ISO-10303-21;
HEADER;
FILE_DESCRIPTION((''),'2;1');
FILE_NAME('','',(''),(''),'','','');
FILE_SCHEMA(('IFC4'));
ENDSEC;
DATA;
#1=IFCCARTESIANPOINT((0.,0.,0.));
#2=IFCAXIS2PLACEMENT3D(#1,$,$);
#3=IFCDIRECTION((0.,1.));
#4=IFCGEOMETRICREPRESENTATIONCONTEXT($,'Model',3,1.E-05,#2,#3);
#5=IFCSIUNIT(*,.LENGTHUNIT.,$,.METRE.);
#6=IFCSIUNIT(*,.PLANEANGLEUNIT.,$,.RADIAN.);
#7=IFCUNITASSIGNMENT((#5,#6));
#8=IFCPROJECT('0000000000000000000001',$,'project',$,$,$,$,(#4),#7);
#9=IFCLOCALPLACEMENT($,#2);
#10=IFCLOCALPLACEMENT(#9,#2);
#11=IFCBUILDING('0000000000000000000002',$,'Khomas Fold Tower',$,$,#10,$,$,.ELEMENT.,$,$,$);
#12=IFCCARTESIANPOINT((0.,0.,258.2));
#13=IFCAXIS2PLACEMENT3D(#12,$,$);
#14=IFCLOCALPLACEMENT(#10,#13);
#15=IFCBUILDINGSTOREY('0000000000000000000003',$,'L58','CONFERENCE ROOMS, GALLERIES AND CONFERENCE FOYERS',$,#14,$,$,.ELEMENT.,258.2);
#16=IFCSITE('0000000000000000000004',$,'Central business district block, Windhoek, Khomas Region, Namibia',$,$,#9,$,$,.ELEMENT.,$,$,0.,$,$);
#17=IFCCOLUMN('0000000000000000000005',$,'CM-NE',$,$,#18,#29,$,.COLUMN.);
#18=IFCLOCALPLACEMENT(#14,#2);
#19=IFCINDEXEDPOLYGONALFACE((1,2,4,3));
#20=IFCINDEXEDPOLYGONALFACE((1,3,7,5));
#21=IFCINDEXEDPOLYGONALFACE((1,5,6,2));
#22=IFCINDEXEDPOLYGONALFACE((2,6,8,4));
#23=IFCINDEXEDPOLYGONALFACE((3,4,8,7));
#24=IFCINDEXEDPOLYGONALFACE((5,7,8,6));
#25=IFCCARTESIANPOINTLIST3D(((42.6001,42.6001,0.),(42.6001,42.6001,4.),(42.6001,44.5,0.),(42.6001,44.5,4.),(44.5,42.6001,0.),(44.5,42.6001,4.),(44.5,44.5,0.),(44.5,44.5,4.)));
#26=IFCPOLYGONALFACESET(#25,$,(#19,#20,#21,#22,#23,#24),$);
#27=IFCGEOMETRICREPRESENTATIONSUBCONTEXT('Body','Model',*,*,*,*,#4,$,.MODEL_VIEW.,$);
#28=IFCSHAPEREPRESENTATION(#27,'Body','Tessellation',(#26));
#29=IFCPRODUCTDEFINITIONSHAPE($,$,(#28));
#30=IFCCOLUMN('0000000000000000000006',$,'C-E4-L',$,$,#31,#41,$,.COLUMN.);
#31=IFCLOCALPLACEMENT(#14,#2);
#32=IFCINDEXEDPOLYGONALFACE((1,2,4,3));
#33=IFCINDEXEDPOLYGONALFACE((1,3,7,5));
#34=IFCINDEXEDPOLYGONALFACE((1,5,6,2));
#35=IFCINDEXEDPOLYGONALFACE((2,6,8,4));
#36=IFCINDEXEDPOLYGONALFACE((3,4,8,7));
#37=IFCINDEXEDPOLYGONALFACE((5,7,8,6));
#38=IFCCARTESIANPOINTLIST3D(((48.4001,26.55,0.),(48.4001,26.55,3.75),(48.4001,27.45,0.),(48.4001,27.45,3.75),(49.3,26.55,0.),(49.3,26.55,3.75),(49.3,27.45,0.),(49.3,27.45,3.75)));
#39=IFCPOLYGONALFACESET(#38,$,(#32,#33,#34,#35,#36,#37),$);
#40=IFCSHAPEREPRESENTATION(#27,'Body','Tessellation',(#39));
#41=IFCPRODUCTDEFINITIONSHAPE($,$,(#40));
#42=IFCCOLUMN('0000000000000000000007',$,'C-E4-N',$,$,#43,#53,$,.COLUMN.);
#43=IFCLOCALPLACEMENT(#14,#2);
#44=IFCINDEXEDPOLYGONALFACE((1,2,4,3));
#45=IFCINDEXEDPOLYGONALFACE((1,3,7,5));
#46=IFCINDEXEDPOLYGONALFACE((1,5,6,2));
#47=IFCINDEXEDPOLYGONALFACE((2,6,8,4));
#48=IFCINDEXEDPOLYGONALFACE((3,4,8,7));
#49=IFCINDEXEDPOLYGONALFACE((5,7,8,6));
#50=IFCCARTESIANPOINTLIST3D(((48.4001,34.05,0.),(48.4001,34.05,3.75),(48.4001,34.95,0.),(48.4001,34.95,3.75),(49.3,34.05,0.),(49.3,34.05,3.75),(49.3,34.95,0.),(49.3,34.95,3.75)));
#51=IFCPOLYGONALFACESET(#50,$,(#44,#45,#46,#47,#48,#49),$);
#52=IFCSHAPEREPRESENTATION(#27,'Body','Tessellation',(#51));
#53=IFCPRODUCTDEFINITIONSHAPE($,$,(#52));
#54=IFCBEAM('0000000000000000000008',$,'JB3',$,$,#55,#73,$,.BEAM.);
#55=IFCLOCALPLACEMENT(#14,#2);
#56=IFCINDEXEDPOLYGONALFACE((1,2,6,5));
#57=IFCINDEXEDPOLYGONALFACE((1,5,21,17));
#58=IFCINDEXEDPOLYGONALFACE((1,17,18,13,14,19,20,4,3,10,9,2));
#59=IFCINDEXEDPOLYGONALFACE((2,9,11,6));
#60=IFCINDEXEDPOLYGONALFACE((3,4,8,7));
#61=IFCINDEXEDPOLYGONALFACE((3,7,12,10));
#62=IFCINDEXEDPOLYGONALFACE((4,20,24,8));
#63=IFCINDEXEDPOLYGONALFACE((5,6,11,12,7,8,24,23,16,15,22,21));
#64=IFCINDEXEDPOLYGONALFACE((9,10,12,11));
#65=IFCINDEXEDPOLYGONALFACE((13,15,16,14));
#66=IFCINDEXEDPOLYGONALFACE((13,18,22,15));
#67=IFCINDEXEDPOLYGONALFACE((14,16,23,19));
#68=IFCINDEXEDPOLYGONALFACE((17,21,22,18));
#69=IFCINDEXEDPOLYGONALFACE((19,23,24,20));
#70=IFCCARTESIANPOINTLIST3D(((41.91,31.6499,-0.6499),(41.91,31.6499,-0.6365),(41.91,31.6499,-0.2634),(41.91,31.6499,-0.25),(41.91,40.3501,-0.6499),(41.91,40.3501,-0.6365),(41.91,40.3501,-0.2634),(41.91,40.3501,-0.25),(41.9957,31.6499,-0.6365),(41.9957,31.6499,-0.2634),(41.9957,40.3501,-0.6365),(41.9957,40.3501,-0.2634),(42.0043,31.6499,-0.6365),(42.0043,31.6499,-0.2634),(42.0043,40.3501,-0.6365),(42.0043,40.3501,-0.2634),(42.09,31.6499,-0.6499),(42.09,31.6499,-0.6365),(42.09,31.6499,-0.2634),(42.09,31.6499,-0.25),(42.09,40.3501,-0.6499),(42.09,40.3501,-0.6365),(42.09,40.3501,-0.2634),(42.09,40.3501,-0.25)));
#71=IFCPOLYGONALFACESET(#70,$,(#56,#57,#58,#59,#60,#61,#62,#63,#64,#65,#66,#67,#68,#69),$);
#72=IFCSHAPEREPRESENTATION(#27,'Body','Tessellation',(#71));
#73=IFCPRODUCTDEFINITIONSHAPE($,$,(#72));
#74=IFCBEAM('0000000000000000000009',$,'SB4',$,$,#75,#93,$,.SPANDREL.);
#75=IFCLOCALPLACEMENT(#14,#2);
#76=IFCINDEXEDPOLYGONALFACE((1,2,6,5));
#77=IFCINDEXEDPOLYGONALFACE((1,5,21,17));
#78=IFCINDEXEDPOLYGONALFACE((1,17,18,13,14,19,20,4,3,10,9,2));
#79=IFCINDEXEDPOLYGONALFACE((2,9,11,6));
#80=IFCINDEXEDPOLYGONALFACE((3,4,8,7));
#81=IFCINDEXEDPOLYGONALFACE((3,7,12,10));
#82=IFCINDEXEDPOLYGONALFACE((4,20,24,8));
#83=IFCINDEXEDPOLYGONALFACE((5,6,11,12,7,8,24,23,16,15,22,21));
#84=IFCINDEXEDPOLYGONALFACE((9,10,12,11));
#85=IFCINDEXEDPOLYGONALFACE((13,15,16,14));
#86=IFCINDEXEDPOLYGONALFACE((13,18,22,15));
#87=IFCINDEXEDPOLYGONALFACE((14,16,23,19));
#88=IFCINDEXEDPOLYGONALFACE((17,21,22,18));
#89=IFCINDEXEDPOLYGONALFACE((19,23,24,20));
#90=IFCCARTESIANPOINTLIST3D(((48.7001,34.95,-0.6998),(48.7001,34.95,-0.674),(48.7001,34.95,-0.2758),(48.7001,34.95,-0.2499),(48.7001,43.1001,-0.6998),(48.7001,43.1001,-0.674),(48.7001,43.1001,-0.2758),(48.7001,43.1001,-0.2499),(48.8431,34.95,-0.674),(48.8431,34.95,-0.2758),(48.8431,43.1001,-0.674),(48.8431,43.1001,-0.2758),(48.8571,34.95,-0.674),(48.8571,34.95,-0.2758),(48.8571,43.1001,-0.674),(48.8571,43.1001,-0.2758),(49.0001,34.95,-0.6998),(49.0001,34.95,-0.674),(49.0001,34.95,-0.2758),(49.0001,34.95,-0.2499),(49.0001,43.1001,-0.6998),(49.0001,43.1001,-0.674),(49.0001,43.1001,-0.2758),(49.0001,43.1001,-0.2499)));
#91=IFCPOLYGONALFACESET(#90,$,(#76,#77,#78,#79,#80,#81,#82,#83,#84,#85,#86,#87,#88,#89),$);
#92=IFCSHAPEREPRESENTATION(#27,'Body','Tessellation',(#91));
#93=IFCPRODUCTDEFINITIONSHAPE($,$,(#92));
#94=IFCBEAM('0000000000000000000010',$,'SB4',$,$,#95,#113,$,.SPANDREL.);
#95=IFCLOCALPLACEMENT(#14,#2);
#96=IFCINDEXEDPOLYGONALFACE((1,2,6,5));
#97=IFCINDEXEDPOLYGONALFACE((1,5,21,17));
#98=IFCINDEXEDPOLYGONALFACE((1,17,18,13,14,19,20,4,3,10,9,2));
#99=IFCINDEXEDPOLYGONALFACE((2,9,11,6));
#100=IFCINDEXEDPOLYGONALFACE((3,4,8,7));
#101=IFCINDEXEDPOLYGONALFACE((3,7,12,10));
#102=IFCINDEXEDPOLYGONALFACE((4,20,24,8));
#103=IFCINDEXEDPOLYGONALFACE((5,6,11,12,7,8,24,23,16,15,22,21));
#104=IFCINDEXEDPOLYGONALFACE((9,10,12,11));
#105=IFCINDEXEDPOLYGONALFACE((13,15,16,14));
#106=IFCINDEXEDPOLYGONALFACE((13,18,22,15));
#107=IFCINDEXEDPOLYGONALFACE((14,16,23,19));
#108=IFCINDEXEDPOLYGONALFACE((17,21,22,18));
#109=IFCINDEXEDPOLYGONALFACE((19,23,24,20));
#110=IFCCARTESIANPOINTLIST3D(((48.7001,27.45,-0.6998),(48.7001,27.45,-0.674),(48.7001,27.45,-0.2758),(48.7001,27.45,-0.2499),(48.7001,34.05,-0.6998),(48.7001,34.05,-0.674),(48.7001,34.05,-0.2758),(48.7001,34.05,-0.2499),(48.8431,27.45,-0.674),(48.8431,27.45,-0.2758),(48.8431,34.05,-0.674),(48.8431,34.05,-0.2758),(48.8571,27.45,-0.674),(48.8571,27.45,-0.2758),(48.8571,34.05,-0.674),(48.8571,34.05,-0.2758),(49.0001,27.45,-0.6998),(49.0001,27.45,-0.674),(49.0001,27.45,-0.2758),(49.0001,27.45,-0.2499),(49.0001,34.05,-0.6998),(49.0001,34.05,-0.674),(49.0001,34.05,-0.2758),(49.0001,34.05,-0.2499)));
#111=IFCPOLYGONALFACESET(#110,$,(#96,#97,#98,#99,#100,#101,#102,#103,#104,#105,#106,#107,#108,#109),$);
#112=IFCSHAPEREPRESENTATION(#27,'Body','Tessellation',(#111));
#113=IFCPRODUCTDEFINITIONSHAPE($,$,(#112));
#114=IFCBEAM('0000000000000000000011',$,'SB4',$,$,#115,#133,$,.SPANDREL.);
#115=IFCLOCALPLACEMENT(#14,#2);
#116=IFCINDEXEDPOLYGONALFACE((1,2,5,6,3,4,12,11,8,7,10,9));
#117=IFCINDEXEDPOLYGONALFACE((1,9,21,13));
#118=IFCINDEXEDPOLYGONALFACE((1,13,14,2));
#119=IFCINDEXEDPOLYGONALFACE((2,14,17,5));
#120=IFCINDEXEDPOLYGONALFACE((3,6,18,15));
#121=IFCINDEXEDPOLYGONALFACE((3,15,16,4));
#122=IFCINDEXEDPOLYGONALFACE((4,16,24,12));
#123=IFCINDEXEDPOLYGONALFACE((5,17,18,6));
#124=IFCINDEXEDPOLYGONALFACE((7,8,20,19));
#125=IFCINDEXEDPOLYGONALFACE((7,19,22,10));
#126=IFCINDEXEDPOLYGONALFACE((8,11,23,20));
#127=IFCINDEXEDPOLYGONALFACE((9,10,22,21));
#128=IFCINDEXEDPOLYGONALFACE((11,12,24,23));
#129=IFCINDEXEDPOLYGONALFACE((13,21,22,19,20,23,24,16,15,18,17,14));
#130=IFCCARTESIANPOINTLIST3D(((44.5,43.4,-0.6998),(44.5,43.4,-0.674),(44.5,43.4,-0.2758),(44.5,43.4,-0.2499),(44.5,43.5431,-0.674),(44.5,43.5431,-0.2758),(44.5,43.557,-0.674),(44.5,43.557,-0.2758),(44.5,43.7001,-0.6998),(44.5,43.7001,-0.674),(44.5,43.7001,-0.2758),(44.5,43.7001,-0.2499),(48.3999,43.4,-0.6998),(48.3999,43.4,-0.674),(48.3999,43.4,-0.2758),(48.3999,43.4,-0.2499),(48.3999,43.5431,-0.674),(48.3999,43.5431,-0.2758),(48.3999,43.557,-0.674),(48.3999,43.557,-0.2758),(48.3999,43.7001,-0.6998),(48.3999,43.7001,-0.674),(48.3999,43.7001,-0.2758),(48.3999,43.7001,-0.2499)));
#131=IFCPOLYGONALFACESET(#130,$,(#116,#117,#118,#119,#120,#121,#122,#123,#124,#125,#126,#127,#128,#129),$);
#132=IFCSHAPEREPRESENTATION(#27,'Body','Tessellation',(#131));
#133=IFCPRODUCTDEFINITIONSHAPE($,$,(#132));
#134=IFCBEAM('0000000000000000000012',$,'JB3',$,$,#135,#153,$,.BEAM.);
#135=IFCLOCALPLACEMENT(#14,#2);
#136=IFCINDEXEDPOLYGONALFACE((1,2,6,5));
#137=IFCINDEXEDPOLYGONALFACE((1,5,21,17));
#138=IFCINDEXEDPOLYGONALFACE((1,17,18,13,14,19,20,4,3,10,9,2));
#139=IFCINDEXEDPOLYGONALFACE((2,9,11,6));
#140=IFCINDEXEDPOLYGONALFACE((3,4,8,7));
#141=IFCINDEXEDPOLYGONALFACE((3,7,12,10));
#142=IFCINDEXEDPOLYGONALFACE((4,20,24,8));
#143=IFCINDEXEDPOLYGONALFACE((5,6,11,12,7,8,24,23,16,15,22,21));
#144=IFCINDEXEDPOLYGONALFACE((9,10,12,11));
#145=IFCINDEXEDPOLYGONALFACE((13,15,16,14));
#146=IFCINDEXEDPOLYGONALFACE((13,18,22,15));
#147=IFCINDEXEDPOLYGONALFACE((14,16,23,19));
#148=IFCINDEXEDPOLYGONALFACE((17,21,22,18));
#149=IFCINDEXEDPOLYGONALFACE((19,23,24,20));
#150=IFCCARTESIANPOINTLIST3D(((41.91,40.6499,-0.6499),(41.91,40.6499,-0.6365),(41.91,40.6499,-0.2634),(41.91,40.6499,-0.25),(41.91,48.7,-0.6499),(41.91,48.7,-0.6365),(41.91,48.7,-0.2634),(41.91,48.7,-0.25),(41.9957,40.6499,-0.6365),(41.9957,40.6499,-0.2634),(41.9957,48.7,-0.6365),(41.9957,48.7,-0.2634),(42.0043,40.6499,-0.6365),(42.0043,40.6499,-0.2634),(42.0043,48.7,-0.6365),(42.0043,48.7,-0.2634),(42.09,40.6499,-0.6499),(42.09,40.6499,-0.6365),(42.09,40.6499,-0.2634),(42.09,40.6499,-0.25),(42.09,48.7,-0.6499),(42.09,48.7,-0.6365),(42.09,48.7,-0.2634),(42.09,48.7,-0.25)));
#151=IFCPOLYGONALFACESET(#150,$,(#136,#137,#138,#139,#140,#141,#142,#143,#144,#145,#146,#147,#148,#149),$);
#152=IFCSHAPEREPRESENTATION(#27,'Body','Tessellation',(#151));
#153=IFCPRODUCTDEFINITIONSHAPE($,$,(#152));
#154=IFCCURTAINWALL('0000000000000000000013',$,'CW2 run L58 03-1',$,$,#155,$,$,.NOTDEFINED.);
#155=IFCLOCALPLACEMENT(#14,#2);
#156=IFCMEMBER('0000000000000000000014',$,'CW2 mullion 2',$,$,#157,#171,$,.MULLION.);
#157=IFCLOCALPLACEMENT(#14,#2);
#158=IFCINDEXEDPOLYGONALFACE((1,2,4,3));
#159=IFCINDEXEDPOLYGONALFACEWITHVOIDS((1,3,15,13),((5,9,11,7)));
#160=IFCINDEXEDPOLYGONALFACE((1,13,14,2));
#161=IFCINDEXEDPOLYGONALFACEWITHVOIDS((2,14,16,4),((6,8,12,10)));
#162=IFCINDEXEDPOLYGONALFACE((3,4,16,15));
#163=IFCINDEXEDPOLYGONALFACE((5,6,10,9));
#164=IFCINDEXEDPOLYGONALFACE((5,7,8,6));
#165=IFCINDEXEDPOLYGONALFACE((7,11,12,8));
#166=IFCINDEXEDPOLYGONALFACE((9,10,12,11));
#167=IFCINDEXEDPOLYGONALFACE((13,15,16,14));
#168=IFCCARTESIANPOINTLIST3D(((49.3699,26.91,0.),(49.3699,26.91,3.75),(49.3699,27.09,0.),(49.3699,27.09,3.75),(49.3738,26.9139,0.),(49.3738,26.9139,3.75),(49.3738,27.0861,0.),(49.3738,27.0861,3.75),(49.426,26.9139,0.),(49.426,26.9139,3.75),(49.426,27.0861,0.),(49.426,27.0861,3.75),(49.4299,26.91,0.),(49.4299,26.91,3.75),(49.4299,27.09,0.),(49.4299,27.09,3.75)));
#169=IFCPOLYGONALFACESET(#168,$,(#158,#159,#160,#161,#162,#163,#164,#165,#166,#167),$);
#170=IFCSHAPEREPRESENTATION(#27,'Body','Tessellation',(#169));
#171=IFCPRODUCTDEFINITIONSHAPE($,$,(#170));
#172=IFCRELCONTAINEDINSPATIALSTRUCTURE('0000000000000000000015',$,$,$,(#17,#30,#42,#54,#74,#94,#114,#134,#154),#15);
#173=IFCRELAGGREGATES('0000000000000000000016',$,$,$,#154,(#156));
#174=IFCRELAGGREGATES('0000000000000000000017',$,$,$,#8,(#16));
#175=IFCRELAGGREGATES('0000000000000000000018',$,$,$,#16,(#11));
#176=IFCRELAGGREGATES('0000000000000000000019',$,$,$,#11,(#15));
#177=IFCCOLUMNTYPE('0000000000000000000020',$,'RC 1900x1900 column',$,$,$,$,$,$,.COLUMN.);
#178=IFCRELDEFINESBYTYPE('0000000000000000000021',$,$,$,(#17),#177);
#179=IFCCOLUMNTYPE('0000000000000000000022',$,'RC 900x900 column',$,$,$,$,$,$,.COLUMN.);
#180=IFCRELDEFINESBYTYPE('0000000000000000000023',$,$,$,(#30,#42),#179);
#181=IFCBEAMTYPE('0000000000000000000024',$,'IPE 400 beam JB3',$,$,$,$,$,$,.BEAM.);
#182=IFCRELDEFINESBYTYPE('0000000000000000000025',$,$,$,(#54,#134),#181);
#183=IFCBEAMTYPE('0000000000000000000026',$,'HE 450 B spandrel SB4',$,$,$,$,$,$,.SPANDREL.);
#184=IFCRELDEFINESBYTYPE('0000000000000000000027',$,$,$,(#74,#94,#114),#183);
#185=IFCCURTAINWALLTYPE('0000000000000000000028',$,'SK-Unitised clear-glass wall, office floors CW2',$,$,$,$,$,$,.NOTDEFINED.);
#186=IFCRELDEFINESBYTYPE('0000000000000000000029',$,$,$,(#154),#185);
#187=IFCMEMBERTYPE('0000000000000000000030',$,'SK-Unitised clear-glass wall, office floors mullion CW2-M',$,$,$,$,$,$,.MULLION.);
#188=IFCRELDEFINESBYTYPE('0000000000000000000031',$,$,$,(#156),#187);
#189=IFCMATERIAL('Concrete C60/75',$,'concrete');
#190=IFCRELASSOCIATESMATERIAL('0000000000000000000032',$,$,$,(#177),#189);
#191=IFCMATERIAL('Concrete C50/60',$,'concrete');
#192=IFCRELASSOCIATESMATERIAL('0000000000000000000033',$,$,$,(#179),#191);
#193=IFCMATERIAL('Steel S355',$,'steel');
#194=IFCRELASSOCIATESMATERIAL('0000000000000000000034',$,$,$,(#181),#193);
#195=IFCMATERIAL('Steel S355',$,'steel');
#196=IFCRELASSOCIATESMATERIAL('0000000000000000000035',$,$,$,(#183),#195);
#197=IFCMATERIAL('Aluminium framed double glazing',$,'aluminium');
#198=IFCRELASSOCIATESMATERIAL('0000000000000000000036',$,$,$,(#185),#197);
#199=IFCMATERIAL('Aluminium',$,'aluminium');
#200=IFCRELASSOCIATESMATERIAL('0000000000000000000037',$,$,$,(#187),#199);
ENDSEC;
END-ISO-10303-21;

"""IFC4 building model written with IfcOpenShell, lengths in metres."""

from ifc_helpers import new_model, si_unit, direction, frame, origin, origin_2d, place, context, subcontext, project, spatial, rectangle, hollow_rectangle, i_section, extrude, source, transform, mapped, material, material_profile, profile_set, type_object, element, aggregate, save


model = new_model("IFC4")

# Units and contexts
model_context = context("Model", 3, precision=1e-05, world=origin(), true_north=direction((0.0, 1.0)))
body_context = subcontext(model_context, "Body", "Model", "MODEL_VIEW")
ifc_project = project(units=[si_unit("LENGTHUNIT", "METRE"), si_unit("PLANEANGLEUNIT", "RADIAN")], contexts=[model_context])

# Site, building, storey
site_placement = place(None, origin())
site = spatial("IfcSite", under=ifc_project, at=site_placement, Name="Central business district block, Windhoek, Khomas Region, Namibia", CompositionType="ELEMENT", RefElevation=0.0)
building_placement = place(site_placement, origin())
building = spatial("IfcBuilding", under=site, at=building_placement, Name="Khomas Fold Tower", CompositionType="ELEMENT")
storey_placement = place(building_placement, frame((0.0, 0.0, 258.2)))
storey = spatial("IfcBuildingStorey", under=building, at=storey_placement, Name="L58", Description="CONFERENCE ROOMS, GALLERIES AND CONFERENCE FOYERS", CompositionType="ELEMENT", Elevation=258.2)

# Columns
ifc_material_1 = material(Name="Concrete C60/75", Category="concrete")
ifc_material_profile_1 = material_profile(ifc_material_1, rectangle(XDim=1.8999, YDim=1.8999, at=origin_2d()), Name="RC 1900x1900")
ifc_profile_set_1 = profile_set([ifc_material_profile_1], Name="Concrete C60/75")
column_type_1 = type_object("IfcColumnType", Name="RC 1900x1900 column", PredefinedType="COLUMN", material=ifc_profile_set_1)
shared_shape_1 = source(origin(), body_context, "Body", "SweptSolid", [
    extrude(rectangle(XDim=1.8999, YDim=1.8999, at=origin_2d()), origin(), (0.0, 0.0, 1.0), 4.0),
])
column_placement = place(storey_placement, frame((43.55, 43.55, 0.0), z_axis=(0.0, 0.0, 1.0), x_axis=(1.0, 0.0, 0.0)))
element("IfcColumn", 1, at=column_placement, inside=storey, type_object=column_type_1, Name="CM-NE", PredefinedType="COLUMN", context=body_context, shape_type="MappedRepresentation", body=[
    mapped(shared_shape_1, transform((0.0, 0.0, 0.0))),
])
ifc_material_2 = material(Name="Concrete C50/60", Category="concrete")
ifc_material_profile_2 = material_profile(ifc_material_2, rectangle(XDim=0.8999, YDim=0.8999, at=origin_2d()), Name="RC 900x900")
ifc_profile_set_2 = profile_set([ifc_material_profile_2], Name="Concrete C50/60")
column_type_2 = type_object("IfcColumnType", Name="RC 900x900 column", PredefinedType="COLUMN", material=ifc_profile_set_2)
shared_shape_2 = source(origin(), body_context, "Body", "SweptSolid", [
    extrude(rectangle(XDim=0.8999, YDim=0.8999, at=origin_2d()), origin(), (0.0, 0.0, 1.0), 3.75),
])
for number, where, z_axis, x_axis, name in (
    (2, (48.8501, 27.0, 0.0), (0.0, 0.0, 1.0), (1.0, 0.0, 0.0), "C-E4-L"),
    (3, (48.8501, 34.5, 0.0), (0.0, 0.0, 1.0), (1.0, 0.0, 0.0), "C-E4-N"),
):
    element("IfcColumn", number, at=place(storey_placement, frame(where, z_axis=z_axis, x_axis=x_axis)), inside=storey, type_object=column_type_2, Name=name, PredefinedType="COLUMN", context=body_context, shape_type="MappedRepresentation", body=[
        mapped(shared_shape_2, transform((0.0, 0.0, 0.0))),
    ])

# Beams
ifc_material_3 = material(Name="Steel S355", Category="steel")
ifc_material_profile_3 = material_profile(ifc_material_3, i_section(OverallWidth=0.1799, OverallDepth=0.3999, WebThickness=0.0085, FlangeThickness=0.0134, at=origin_2d()), Name="IPE 400")
ifc_profile_set_3 = profile_set([ifc_material_profile_3], Name="Steel S355")
beam_type_1 = type_object("IfcBeamType", Name="IPE 400 beam JB3", PredefinedType="BEAM", material=ifc_profile_set_3)
shared_shape_3 = source(origin(), body_context, "Body", "SweptSolid", [
    extrude(i_section(OverallWidth=0.1799, OverallDepth=0.3999, WebThickness=0.0085, FlangeThickness=0.0134, at=origin_2d()), origin(), (0.0, 0.0, 1.0), 8.7002),
])
beam_1_placement = place(storey_placement, frame((42.0, 31.6499, -0.45), z_axis=(0.0, 1.0, 0.0), x_axis=(-1.0, 0.0, 0.0)))
element("IfcBeam", 4, at=beam_1_placement, inside=storey, type_object=beam_type_1, Name="JB3", PredefinedType="BEAM", context=body_context, shape_type="MappedRepresentation", body=[
    mapped(shared_shape_3, transform((0.0, 0.0, 0.0))),
])
ifc_material_4 = material(Name="Steel S355", Category="steel")
ifc_material_profile_4 = material_profile(ifc_material_4, i_section(OverallWidth=0.3, OverallDepth=0.45, WebThickness=0.0139, FlangeThickness=0.0259, at=origin_2d()), Name="HE 450 B")
ifc_profile_set_4 = profile_set([ifc_material_profile_4], Name="Steel S355")
beam_type_2 = type_object("IfcBeamType", Name="HE 450 B spandrel SB4", PredefinedType="SPANDREL", material=ifc_profile_set_4)
shared_shape_4 = source(origin(), body_context, "Body", "SweptSolid", [
    extrude(i_section(OverallWidth=0.3, OverallDepth=0.45, WebThickness=0.0139, FlangeThickness=0.0259, at=origin_2d()), origin(), (0.0, 0.0, 1.0), 8.1501),
])
beam_2_placement = place(storey_placement, frame((48.8501, 34.95, -0.4749), z_axis=(0.0, 1.0, 0.0), x_axis=(-1.0, 0.0, 0.0)))
element("IfcBeam", 5, at=beam_2_placement, inside=storey, type_object=beam_type_2, Name="SB4", PredefinedType="SPANDREL", context=body_context, shape_type="MappedRepresentation", body=[
    mapped(shared_shape_4, transform((0.0, 0.0, 0.0))),
])
shared_shape_5 = source(origin(), body_context, "Body", "SweptSolid", [
    extrude(i_section(OverallWidth=0.3, OverallDepth=0.45, WebThickness=0.0139, FlangeThickness=0.0259, at=origin_2d()), origin(), (0.0, 0.0, 1.0), 6.6001),
])
beam_3_placement = place(storey_placement, frame((48.8501, 27.45, -0.4749), z_axis=(0.0, 1.0, 0.0), x_axis=(-1.0, 0.0, 0.0)))
element("IfcBeam", 6, at=beam_3_placement, inside=storey, type_object=beam_type_2, Name="SB4", PredefinedType="SPANDREL", context=body_context, shape_type="MappedRepresentation", body=[
    mapped(shared_shape_5, transform((0.0, 0.0, 0.0))),
])
shared_shape_6 = source(origin(), body_context, "Body", "SweptSolid", [
    extrude(i_section(OverallWidth=0.3, OverallDepth=0.45, WebThickness=0.0139, FlangeThickness=0.0259, at=origin_2d()), origin(), (0.0, 0.0, 1.0), 3.8999),
])
beam_4_placement = place(storey_placement, frame((44.5, 43.55, -0.4749), z_axis=(1.0, 0.0, 0.0), x_axis=(0.0, 1.0, 0.0)))
element("IfcBeam", 7, at=beam_4_placement, inside=storey, type_object=beam_type_2, Name="SB4", PredefinedType="SPANDREL", context=body_context, shape_type="MappedRepresentation", body=[
    mapped(shared_shape_6, transform((0.0, 0.0, 0.0))),
])
shared_shape_7 = source(origin(), body_context, "Body", "SweptSolid", [
    extrude(i_section(OverallWidth=0.1799, OverallDepth=0.3999, WebThickness=0.0085, FlangeThickness=0.0134, at=origin_2d()), origin(), (0.0, 0.0, 1.0), 8.05),
])
beam_5_placement = place(storey_placement, frame((42.0, 40.6499, -0.45), z_axis=(0.0, 1.0, 0.0), x_axis=(-1.0, 0.0, 0.0)))
element("IfcBeam", 8, at=beam_5_placement, inside=storey, type_object=beam_type_1, Name="JB3", PredefinedType="BEAM", context=body_context, shape_type="MappedRepresentation", body=[
    mapped(shared_shape_7, transform((0.0, 0.0, 0.0))),
])

# Curtain wall, member
ifc_material_5 = material(Name="Aluminium framed double glazing", Category="aluminium")
curtain_wall_type = type_object("IfcCurtainWallType", Name="SK-Unitised clear-glass wall, office floors CW2", PredefinedType="NOTDEFINED", material=ifc_material_5)
curtain_wall_placement = place(storey_placement, origin())
curtain_wall = element("IfcCurtainWall", 9, at=curtain_wall_placement, inside=storey, type_object=curtain_wall_type, Name="CW2 run L58 03-1", PredefinedType="NOTDEFINED")
ifc_material_6 = material(Name="Aluminium", Category="aluminium")
ifc_material_profile_5 = material_profile(ifc_material_6, hollow_rectangle(XDim=0.0601, YDim=0.1799, WallThickness=0.0039, at=origin_2d()), Name="SK-Unitised clear-glass wall, office floors mullion CW2-M")
ifc_profile_set_5 = profile_set([ifc_material_profile_5], Name="Aluminium")
member_type_1 = type_object("IfcMemberType", Name="SK-Unitised clear-glass wall, office floors mullion CW2-M", PredefinedType="MULLION", material=ifc_profile_set_5)
shared_shape_8 = source(origin(), body_context, "Body", "SweptSolid", [
    extrude(hollow_rectangle(XDim=0.0601, YDim=0.1799, WallThickness=0.0039, at=origin_2d()), origin(), (0.0, 0.0, 1.0), 3.75),
])
member_1_placement = place(storey_placement, frame((49.3999, 27.0, 0.0), z_axis=(0.0, 0.0, 1.0), x_axis=(-1.0, 0.0, 0.0)))
member_1 = element("IfcMember", 10, at=member_1_placement, type_object=member_type_1, Name="CW2 mullion 2", PredefinedType="MULLION", context=body_context, shape_type="MappedRepresentation", body=[
    mapped(shared_shape_8, transform((0.0, 0.0, 0.0))),
])

aggregate(curtain_wall, [member_1])

save(model, "model.ifc")
